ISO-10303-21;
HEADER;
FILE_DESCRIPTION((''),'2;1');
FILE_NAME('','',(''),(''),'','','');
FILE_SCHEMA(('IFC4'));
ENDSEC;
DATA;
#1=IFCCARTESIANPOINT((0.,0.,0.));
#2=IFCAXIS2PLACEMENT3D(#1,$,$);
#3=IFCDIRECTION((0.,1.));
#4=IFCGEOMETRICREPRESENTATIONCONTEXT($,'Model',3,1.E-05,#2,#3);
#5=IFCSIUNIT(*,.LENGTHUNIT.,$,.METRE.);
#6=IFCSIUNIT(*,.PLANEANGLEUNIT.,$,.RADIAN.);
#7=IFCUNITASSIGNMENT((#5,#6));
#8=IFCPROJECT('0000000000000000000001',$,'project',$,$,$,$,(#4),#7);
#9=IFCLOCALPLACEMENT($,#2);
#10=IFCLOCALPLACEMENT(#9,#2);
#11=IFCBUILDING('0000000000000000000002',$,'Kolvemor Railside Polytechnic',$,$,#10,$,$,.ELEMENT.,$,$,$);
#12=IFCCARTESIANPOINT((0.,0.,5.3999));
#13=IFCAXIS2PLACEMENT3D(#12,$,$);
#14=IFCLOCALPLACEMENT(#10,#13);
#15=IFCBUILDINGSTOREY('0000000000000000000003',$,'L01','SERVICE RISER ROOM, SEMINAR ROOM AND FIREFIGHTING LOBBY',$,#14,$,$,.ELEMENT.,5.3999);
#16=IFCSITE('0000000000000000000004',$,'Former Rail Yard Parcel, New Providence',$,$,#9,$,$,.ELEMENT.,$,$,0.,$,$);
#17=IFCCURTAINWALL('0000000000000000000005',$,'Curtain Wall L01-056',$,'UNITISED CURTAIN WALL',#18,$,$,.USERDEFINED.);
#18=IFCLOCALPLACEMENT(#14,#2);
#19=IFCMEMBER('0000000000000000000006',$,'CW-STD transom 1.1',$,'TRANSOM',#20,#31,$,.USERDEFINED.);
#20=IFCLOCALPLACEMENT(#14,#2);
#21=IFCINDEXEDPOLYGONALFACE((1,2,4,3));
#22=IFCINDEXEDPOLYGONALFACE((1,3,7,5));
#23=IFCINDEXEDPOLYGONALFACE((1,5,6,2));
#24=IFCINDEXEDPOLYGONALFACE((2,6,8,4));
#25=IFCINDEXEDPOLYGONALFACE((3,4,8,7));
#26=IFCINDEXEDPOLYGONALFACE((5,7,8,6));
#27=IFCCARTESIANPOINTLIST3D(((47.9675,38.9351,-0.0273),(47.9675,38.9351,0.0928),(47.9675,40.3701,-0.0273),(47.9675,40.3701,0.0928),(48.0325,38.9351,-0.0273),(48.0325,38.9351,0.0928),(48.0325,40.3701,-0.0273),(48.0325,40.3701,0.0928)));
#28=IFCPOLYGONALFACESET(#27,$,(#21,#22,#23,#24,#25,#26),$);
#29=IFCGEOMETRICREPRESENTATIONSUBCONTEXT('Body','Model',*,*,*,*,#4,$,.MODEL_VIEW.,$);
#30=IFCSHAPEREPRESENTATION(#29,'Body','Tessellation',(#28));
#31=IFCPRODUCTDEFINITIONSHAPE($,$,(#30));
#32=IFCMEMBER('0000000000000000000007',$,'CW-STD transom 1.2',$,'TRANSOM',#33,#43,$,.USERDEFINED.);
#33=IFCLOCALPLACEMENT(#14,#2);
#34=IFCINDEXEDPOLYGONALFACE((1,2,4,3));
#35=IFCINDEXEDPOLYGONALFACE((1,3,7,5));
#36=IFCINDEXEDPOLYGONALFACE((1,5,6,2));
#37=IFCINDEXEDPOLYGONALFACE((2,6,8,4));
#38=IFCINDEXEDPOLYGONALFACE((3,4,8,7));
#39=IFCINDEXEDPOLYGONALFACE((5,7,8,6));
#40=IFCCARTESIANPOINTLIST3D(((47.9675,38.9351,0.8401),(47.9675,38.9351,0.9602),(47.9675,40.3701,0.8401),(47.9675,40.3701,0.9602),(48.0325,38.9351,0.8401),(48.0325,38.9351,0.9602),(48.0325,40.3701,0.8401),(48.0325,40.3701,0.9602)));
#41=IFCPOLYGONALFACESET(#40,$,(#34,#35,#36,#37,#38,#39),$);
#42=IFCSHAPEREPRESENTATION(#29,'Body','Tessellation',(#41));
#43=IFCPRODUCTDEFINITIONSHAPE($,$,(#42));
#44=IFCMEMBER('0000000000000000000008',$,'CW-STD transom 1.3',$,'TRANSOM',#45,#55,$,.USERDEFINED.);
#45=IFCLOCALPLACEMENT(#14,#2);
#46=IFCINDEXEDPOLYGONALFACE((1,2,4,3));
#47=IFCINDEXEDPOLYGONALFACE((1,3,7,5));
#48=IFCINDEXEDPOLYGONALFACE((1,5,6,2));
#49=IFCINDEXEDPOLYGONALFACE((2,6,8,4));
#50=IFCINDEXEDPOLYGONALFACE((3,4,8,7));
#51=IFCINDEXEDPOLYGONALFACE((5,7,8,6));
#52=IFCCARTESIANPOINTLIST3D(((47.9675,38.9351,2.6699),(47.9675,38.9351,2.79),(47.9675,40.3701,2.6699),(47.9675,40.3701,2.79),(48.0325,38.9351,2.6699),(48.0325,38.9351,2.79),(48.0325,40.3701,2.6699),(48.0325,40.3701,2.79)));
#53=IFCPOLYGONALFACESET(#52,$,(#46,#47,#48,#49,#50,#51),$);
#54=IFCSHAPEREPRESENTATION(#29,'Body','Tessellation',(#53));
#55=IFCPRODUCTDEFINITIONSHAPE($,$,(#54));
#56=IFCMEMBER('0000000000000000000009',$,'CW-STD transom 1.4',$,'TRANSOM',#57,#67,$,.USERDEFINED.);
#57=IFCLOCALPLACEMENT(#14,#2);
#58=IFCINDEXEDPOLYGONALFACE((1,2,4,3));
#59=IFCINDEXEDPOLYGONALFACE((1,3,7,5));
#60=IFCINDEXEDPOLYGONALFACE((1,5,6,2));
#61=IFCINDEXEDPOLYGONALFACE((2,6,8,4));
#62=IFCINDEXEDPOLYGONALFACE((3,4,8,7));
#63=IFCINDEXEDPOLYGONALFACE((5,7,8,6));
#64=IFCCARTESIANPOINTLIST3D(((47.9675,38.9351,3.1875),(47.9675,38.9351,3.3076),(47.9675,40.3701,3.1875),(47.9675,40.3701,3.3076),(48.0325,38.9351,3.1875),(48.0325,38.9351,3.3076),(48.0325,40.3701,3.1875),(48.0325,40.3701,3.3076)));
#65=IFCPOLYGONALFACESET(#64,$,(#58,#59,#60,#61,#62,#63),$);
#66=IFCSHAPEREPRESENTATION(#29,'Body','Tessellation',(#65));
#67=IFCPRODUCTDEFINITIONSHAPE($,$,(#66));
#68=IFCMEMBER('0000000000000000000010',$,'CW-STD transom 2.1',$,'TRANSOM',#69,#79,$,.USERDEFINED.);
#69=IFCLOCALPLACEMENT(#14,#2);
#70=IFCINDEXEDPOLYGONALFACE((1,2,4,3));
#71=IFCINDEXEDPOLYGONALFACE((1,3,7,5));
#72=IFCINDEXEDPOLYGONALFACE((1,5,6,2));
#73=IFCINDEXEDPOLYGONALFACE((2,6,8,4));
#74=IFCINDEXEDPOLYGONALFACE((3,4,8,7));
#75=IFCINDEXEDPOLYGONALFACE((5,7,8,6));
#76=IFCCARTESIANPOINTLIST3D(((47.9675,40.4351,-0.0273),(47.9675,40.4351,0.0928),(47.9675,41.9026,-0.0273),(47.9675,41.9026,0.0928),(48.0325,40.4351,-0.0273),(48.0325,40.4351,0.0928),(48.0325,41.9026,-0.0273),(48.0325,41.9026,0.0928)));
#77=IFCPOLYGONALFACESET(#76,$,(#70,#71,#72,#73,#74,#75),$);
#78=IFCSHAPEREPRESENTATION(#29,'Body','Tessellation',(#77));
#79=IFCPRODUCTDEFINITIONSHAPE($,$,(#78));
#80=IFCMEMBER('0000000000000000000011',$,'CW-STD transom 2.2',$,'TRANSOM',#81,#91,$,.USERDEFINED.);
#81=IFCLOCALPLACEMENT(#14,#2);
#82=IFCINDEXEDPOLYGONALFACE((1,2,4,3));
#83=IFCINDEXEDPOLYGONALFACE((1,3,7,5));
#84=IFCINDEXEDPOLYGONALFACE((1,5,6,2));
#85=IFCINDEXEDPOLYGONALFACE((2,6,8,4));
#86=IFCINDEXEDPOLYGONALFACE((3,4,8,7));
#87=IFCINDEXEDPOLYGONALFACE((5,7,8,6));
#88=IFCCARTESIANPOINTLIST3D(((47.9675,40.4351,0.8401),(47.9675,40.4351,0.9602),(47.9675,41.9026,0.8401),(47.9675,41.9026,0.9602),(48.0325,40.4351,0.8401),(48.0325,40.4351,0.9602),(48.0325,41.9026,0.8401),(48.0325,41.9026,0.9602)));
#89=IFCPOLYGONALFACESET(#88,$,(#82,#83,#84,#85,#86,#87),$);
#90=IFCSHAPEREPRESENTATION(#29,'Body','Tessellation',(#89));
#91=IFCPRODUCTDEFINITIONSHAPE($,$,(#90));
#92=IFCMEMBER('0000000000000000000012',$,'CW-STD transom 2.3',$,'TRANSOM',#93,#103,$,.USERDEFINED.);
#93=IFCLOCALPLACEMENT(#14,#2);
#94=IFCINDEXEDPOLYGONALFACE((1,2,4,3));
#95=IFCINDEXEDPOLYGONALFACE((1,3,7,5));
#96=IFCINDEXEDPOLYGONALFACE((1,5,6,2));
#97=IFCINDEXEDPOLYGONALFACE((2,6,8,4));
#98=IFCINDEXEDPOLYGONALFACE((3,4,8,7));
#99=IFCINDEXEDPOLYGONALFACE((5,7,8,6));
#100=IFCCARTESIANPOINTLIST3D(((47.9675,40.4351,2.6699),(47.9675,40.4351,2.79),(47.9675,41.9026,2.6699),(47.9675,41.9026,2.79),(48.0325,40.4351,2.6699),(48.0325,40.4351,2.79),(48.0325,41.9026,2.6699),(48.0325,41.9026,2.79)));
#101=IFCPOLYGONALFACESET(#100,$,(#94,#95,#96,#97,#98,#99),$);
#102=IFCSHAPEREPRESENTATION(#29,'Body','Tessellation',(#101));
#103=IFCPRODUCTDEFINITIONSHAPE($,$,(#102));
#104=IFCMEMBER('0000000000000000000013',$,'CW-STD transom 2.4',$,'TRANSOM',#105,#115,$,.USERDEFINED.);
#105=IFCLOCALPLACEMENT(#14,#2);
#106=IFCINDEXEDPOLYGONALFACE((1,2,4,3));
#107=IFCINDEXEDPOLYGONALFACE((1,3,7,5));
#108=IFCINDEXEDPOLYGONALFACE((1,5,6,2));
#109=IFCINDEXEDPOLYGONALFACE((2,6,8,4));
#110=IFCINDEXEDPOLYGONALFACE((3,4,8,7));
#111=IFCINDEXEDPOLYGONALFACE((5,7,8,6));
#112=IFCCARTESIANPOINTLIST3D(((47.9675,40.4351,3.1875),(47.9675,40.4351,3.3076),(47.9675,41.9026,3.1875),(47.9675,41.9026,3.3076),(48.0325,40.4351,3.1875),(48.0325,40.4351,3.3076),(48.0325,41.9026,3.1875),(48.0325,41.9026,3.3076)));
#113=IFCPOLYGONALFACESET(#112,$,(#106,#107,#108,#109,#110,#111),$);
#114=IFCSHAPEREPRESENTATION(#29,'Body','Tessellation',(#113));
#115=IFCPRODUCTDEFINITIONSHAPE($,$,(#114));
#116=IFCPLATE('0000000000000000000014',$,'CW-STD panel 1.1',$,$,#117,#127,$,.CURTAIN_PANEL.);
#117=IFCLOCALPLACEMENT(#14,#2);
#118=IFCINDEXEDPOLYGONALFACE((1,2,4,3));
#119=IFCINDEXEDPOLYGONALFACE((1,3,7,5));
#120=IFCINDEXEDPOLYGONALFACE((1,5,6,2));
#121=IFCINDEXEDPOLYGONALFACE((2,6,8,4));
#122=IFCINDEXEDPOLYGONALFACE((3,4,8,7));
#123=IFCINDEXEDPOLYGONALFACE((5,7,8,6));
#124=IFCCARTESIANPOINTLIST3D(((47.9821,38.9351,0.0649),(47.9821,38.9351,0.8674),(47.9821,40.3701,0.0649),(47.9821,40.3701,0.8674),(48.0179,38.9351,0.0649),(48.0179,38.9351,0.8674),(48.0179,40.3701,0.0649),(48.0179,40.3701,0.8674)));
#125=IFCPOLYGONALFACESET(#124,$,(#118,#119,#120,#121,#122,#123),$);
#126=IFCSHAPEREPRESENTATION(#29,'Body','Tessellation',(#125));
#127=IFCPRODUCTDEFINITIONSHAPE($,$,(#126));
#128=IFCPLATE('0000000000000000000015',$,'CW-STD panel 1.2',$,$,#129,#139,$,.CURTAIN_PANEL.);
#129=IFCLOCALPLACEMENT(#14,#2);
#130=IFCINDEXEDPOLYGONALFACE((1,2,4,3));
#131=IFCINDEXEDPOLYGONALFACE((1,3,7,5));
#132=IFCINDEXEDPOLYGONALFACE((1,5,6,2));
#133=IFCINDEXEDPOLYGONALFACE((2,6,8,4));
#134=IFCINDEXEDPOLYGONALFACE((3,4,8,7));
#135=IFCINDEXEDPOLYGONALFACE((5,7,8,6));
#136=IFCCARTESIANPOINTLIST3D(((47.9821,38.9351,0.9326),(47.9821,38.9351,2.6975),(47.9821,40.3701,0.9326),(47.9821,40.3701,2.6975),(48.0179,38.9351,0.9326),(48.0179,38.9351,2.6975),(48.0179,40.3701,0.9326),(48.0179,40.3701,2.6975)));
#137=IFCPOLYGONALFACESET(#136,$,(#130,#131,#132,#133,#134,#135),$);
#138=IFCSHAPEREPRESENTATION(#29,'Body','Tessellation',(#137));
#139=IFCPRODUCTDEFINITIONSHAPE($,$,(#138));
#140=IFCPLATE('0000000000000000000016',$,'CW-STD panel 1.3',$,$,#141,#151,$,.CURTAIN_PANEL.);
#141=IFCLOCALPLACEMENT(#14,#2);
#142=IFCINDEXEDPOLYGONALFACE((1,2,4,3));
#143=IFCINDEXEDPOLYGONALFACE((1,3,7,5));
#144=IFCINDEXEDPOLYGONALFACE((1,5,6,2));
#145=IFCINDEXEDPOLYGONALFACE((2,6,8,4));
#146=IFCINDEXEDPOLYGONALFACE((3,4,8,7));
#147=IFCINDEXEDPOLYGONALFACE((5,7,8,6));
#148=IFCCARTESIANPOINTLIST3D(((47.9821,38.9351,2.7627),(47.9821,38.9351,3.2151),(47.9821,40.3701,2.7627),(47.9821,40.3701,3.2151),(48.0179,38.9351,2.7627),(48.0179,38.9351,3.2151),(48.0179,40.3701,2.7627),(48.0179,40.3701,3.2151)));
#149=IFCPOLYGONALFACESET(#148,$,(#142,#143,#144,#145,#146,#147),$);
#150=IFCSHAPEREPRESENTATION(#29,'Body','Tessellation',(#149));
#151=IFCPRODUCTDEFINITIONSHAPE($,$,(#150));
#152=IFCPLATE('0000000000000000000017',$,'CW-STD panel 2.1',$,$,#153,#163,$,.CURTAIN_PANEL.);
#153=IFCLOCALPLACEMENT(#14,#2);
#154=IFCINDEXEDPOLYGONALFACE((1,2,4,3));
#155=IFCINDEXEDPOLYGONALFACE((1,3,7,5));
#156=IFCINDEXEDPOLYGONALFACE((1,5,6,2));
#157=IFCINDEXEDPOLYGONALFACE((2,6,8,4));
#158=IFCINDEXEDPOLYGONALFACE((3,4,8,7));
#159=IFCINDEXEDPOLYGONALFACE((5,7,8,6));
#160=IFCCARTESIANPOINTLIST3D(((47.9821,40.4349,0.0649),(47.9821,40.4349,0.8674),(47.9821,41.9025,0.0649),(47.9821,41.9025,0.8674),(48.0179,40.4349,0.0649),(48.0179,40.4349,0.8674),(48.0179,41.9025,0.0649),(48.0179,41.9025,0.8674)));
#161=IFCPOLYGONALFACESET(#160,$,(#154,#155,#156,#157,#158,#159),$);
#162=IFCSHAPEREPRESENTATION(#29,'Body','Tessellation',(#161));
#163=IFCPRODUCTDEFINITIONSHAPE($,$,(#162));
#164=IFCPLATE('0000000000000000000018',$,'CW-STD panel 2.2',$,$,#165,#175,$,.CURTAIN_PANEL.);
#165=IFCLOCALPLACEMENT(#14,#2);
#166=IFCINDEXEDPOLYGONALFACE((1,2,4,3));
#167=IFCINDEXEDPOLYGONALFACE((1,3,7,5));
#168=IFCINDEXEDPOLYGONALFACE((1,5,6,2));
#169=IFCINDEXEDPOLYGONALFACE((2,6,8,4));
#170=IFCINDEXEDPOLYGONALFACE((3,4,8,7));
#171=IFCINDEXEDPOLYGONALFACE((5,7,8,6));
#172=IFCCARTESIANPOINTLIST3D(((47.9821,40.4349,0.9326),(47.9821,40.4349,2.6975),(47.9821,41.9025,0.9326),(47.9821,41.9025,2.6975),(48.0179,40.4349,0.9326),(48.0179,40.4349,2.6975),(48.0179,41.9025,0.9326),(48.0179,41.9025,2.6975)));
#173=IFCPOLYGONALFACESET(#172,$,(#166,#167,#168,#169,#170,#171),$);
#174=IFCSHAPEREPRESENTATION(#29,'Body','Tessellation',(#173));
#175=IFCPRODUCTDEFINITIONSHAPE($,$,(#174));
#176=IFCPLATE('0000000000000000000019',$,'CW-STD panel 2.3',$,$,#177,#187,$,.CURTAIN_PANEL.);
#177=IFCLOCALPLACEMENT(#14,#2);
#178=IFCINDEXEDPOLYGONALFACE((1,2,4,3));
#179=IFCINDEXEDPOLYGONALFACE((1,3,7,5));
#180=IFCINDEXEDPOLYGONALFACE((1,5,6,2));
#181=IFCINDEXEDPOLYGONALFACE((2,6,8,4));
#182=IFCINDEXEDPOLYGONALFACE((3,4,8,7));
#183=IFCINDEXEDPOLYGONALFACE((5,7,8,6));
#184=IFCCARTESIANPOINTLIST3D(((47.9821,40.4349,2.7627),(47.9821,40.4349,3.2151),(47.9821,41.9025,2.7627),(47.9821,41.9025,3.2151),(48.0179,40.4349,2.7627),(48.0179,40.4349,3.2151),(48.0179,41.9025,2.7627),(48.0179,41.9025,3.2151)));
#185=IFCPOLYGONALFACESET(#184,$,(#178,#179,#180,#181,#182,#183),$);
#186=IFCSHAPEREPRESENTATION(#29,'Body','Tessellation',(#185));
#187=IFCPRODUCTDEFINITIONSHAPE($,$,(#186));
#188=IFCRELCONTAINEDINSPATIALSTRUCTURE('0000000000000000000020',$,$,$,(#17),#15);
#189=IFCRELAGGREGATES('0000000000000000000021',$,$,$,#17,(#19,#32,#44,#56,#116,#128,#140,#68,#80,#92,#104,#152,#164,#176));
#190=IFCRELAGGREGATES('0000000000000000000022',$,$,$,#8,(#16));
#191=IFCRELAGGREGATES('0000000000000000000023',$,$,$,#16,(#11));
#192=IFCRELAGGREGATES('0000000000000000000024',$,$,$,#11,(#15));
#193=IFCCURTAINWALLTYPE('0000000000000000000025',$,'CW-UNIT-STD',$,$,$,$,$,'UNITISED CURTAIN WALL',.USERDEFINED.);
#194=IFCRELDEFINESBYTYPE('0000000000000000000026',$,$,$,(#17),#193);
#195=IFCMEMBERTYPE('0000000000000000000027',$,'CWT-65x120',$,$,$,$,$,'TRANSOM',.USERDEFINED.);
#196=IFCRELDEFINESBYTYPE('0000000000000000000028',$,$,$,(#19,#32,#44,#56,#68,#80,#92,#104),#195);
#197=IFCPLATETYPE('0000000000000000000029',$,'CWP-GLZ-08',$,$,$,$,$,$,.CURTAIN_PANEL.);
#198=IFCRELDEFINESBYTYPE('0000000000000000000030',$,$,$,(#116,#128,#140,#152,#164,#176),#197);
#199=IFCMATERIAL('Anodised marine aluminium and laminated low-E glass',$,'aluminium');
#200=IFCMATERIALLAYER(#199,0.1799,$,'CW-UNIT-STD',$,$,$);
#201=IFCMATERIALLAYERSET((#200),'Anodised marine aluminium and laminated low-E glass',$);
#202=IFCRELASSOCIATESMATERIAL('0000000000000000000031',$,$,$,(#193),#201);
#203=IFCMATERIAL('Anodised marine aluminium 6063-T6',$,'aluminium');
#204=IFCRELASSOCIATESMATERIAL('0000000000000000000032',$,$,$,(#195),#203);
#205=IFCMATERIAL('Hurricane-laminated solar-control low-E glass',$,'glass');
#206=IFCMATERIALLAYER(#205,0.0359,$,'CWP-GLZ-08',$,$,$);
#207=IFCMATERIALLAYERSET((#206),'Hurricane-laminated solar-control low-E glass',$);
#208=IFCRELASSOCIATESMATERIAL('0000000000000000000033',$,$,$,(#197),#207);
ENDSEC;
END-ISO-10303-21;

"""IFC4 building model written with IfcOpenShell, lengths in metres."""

from ifc_helpers import new_model, si_unit, direction, frame, origin, origin_2d, place, context, subcontext, project, spatial, rectangle, extrude, material, layer, layer_set, material_profile, profile_set, type_object, element, aggregate, save


model = new_model("IFC4")

# Units and contexts
model_context = context("Model", 3, precision=1e-05, world=origin(), true_north=direction((0.0, 1.0)))
body_context = subcontext(model_context, "Body", "Model", "MODEL_VIEW")
ifc_project = project(units=[si_unit("LENGTHUNIT", "METRE"), si_unit("PLANEANGLEUNIT", "RADIAN")], contexts=[model_context])

# Site, building, storey
site_placement = place(None, origin())
site = spatial("IfcSite", under=ifc_project, at=site_placement, Name="Former Rail Yard Parcel, New Providence", CompositionType="ELEMENT", RefElevation=0.0)
building_placement = place(site_placement, origin())
building = spatial("IfcBuilding", under=site, at=building_placement, Name="Kolvemor Railside Polytechnic", CompositionType="ELEMENT")
storey_placement = place(building_placement, frame((0.0, 0.0, 5.3999)))
storey = spatial("IfcBuildingStorey", under=building, at=storey_placement, Name="L01", Description="SERVICE RISER ROOM, SEMINAR ROOM AND FIREFIGHTING LOBBY", CompositionType="ELEMENT", Elevation=5.3999)

# Curtain wall, members, plates
ifc_material_1 = material(Name="Anodised marine aluminium and laminated low-E glass", Category="aluminium")
ifc_layer_1 = layer(ifc_material_1, 0.1799, Name="CW-UNIT-STD")
ifc_layer_set_1 = layer_set([ifc_layer_1], Name="Anodised marine aluminium and laminated low-E glass")
curtain_wall_type = type_object("IfcCurtainWallType", Name="CW-UNIT-STD", ElementType="UNITISED CURTAIN WALL", PredefinedType="USERDEFINED", material=ifc_layer_set_1)
curtain_wall_placement = place(storey_placement, origin())
curtain_wall = element("IfcCurtainWall", 1, at=curtain_wall_placement, inside=storey, type_object=curtain_wall_type, Name="Curtain Wall L01-056", ObjectType="UNITISED CURTAIN WALL", PredefinedType="USERDEFINED")
ifc_material_2 = material(Name="Anodised marine aluminium 6063-T6", Category="aluminium")
ifc_material_profile_1 = material_profile(ifc_material_2, rectangle(XDim=0.0649, YDim=0.1201, at=origin_2d()), Name="CW-TRN-65x120")
ifc_profile_set_1 = profile_set([ifc_material_profile_1], Name="Anodised marine aluminium 6063-T6")
member_type_1 = type_object("IfcMemberType", Name="CWT-65x120", ElementType="TRANSOM", PredefinedType="USERDEFINED", material=ifc_profile_set_1)
member_1_placement = place(storey_placement, frame((48.0, 38.9351, 0.0327), z_axis=(0.0, 1.0, 0.0), x_axis=(-1.0, 0.0, 0.0)))
member_1 = element("IfcMember", 2, at=member_1_placement, type_object=member_type_1, Name="CW-STD transom 1.1", ObjectType="TRANSOM", PredefinedType="USERDEFINED", context=body_context, shape_type="SweptSolid", body=[
    extrude(rectangle(XDim=0.0649, YDim=0.1201, at=origin_2d()), origin(), (0.0, 0.0, 1.0), 1.4351),
])
member_2_placement = place(storey_placement, frame((48.0, 38.9351, 0.9001), z_axis=(0.0, 1.0, 0.0), x_axis=(-1.0, 0.0, 0.0)))
member_2 = element("IfcMember", 3, at=member_2_placement, type_object=member_type_1, Name="CW-STD transom 1.2", ObjectType="TRANSOM", PredefinedType="USERDEFINED", context=body_context, shape_type="SweptSolid", body=[
    extrude(rectangle(XDim=0.0649, YDim=0.1201, at=origin_2d()), origin(), (0.0, 0.0, 1.0), 1.4351),
])
member_3_placement = place(storey_placement, frame((48.0, 38.9351, 2.73), z_axis=(0.0, 1.0, 0.0), x_axis=(-1.0, 0.0, 0.0)))
member_3 = element("IfcMember", 4, at=member_3_placement, type_object=member_type_1, Name="CW-STD transom 1.3", ObjectType="TRANSOM", PredefinedType="USERDEFINED", context=body_context, shape_type="SweptSolid", body=[
    extrude(rectangle(XDim=0.0649, YDim=0.1201, at=origin_2d()), origin(), (0.0, 0.0, 1.0), 1.4351),
])
member_4_placement = place(storey_placement, frame((48.0, 38.9351, 3.2476), z_axis=(0.0, 1.0, 0.0), x_axis=(-1.0, 0.0, 0.0)))
member_4 = element("IfcMember", 5, at=member_4_placement, type_object=member_type_1, Name="CW-STD transom 1.4", ObjectType="TRANSOM", PredefinedType="USERDEFINED", context=body_context, shape_type="SweptSolid", body=[
    extrude(rectangle(XDim=0.0649, YDim=0.1201, at=origin_2d()), origin(), (0.0, 0.0, 1.0), 1.4351),
])
member_5_placement = place(storey_placement, frame((48.0, 40.4351, 0.0327), z_axis=(0.0, 1.0, 0.0), x_axis=(-1.0, 0.0, 0.0)))
member_5 = element("IfcMember", 6, at=member_5_placement, type_object=member_type_1, Name="CW-STD transom 2.1", ObjectType="TRANSOM", PredefinedType="USERDEFINED", context=body_context, shape_type="SweptSolid", body=[
    extrude(rectangle(XDim=0.0649, YDim=0.1201, at=origin_2d()), origin(), (0.0, 0.0, 1.0), 1.4675),
])
member_6_placement = place(storey_placement, frame((48.0, 40.4351, 0.9001), z_axis=(0.0, 1.0, 0.0), x_axis=(-1.0, 0.0, 0.0)))
member_6 = element("IfcMember", 7, at=member_6_placement, type_object=member_type_1, Name="CW-STD transom 2.2", ObjectType="TRANSOM", PredefinedType="USERDEFINED", context=body_context, shape_type="SweptSolid", body=[
    extrude(rectangle(XDim=0.0649, YDim=0.1201, at=origin_2d()), origin(), (0.0, 0.0, 1.0), 1.4675),
])
member_7_placement = place(storey_placement, frame((48.0, 40.4351, 2.73), z_axis=(0.0, 1.0, 0.0), x_axis=(-1.0, 0.0, 0.0)))
member_7 = element("IfcMember", 8, at=member_7_placement, type_object=member_type_1, Name="CW-STD transom 2.3", ObjectType="TRANSOM", PredefinedType="USERDEFINED", context=body_context, shape_type="SweptSolid", body=[
    extrude(rectangle(XDim=0.0649, YDim=0.1201, at=origin_2d()), origin(), (0.0, 0.0, 1.0), 1.4675),
])
member_8_placement = place(storey_placement, frame((48.0, 40.4351, 3.2476), z_axis=(0.0, 1.0, 0.0), x_axis=(-1.0, 0.0, 0.0)))
member_8 = element("IfcMember", 9, at=member_8_placement, type_object=member_type_1, Name="CW-STD transom 2.4", ObjectType="TRANSOM", PredefinedType="USERDEFINED", context=body_context, shape_type="SweptSolid", body=[
    extrude(rectangle(XDim=0.0649, YDim=0.1201, at=origin_2d()), origin(), (0.0, 0.0, 1.0), 1.4675),
])
ifc_material_3 = material(Name="Hurricane-laminated solar-control low-E glass", Category="glass")
ifc_layer_2 = layer(ifc_material_3, 0.0359, Name="CWP-GLZ-08")
ifc_layer_set_2 = layer_set([ifc_layer_2], Name="Hurricane-laminated solar-control low-E glass")
plate_type = type_object("IfcPlateType", Name="CWP-GLZ-08", PredefinedType="CURTAIN_PANEL", material=ifc_layer_set_2)
plate_1_placement = place(storey_placement, frame((48.0, 39.6526, 0.0649), z_axis=(0.0, 0.0, 1.0), x_axis=(0.0, 1.0, 0.0)))
plate_1 = element("IfcPlate", 10, at=plate_1_placement, type_object=plate_type, Name="CW-STD panel 1.1", PredefinedType="CURTAIN_PANEL", context=body_context, shape_type="SweptSolid", body=[
    extrude(rectangle(XDim=1.4351, YDim=0.0359, at=origin_2d()), origin(), (0.0, 0.0, 1.0), 0.8025),
])
plate_2_placement = place(storey_placement, frame((48.0, 39.6526, 0.9326), z_axis=(0.0, 0.0, 1.0), x_axis=(0.0, 1.0, 0.0)))
plate_2 = element("IfcPlate", 11, at=plate_2_placement, type_object=plate_type, Name="CW-STD panel 1.2", PredefinedType="CURTAIN_PANEL", context=body_context, shape_type="SweptSolid", body=[
    extrude(rectangle(XDim=1.4351, YDim=0.0359, at=origin_2d()), origin(), (0.0, 0.0, 1.0), 1.7649),
])
plate_3_placement = place(storey_placement, frame((48.0, 39.6526, 2.7627), z_axis=(0.0, 0.0, 1.0), x_axis=(0.0, 1.0, 0.0)))
plate_3 = element("IfcPlate", 12, at=plate_3_placement, type_object=plate_type, Name="CW-STD panel 1.3", PredefinedType="CURTAIN_PANEL", context=body_context, shape_type="SweptSolid", body=[
    extrude(rectangle(XDim=1.4351, YDim=0.0359, at=origin_2d()), origin(), (0.0, 0.0, 1.0), 0.4524),
])
plate_4_placement = place(storey_placement, frame((48.0, 41.1687, 0.0649), z_axis=(0.0, 0.0, 1.0), x_axis=(0.0, 1.0, 0.0)))
plate_4 = element("IfcPlate", 13, at=plate_4_placement, type_object=plate_type, Name="CW-STD panel 2.1", PredefinedType="CURTAIN_PANEL", context=body_context, shape_type="SweptSolid", body=[
    extrude(rectangle(XDim=1.4675, YDim=0.0359, at=origin_2d()), origin(), (0.0, 0.0, 1.0), 0.8025),
])
plate_5_placement = place(storey_placement, frame((48.0, 41.1687, 0.9326), z_axis=(0.0, 0.0, 1.0), x_axis=(0.0, 1.0, 0.0)))
plate_5 = element("IfcPlate", 14, at=plate_5_placement, type_object=plate_type, Name="CW-STD panel 2.2", PredefinedType="CURTAIN_PANEL", context=body_context, shape_type="SweptSolid", body=[
    extrude(rectangle(XDim=1.4675, YDim=0.0359, at=origin_2d()), origin(), (0.0, 0.0, 1.0), 1.7649),
])
plate_6_placement = place(storey_placement, frame((48.0, 41.1687, 2.7627), z_axis=(0.0, 0.0, 1.0), x_axis=(0.0, 1.0, 0.0)))
plate_6 = element("IfcPlate", 15, at=plate_6_placement, type_object=plate_type, Name="CW-STD panel 2.3", PredefinedType="CURTAIN_PANEL", context=body_context, shape_type="SweptSolid", body=[
    extrude(rectangle(XDim=1.4675, YDim=0.0359, at=origin_2d()), origin(), (0.0, 0.0, 1.0), 0.4524),
])
aggregate(curtain_wall, [member_1, member_2, member_3, member_4, plate_1, plate_2, plate_3, member_5, member_6, member_7, member_8, plate_4, plate_5, plate_6])

save(model, "model.ifc")
